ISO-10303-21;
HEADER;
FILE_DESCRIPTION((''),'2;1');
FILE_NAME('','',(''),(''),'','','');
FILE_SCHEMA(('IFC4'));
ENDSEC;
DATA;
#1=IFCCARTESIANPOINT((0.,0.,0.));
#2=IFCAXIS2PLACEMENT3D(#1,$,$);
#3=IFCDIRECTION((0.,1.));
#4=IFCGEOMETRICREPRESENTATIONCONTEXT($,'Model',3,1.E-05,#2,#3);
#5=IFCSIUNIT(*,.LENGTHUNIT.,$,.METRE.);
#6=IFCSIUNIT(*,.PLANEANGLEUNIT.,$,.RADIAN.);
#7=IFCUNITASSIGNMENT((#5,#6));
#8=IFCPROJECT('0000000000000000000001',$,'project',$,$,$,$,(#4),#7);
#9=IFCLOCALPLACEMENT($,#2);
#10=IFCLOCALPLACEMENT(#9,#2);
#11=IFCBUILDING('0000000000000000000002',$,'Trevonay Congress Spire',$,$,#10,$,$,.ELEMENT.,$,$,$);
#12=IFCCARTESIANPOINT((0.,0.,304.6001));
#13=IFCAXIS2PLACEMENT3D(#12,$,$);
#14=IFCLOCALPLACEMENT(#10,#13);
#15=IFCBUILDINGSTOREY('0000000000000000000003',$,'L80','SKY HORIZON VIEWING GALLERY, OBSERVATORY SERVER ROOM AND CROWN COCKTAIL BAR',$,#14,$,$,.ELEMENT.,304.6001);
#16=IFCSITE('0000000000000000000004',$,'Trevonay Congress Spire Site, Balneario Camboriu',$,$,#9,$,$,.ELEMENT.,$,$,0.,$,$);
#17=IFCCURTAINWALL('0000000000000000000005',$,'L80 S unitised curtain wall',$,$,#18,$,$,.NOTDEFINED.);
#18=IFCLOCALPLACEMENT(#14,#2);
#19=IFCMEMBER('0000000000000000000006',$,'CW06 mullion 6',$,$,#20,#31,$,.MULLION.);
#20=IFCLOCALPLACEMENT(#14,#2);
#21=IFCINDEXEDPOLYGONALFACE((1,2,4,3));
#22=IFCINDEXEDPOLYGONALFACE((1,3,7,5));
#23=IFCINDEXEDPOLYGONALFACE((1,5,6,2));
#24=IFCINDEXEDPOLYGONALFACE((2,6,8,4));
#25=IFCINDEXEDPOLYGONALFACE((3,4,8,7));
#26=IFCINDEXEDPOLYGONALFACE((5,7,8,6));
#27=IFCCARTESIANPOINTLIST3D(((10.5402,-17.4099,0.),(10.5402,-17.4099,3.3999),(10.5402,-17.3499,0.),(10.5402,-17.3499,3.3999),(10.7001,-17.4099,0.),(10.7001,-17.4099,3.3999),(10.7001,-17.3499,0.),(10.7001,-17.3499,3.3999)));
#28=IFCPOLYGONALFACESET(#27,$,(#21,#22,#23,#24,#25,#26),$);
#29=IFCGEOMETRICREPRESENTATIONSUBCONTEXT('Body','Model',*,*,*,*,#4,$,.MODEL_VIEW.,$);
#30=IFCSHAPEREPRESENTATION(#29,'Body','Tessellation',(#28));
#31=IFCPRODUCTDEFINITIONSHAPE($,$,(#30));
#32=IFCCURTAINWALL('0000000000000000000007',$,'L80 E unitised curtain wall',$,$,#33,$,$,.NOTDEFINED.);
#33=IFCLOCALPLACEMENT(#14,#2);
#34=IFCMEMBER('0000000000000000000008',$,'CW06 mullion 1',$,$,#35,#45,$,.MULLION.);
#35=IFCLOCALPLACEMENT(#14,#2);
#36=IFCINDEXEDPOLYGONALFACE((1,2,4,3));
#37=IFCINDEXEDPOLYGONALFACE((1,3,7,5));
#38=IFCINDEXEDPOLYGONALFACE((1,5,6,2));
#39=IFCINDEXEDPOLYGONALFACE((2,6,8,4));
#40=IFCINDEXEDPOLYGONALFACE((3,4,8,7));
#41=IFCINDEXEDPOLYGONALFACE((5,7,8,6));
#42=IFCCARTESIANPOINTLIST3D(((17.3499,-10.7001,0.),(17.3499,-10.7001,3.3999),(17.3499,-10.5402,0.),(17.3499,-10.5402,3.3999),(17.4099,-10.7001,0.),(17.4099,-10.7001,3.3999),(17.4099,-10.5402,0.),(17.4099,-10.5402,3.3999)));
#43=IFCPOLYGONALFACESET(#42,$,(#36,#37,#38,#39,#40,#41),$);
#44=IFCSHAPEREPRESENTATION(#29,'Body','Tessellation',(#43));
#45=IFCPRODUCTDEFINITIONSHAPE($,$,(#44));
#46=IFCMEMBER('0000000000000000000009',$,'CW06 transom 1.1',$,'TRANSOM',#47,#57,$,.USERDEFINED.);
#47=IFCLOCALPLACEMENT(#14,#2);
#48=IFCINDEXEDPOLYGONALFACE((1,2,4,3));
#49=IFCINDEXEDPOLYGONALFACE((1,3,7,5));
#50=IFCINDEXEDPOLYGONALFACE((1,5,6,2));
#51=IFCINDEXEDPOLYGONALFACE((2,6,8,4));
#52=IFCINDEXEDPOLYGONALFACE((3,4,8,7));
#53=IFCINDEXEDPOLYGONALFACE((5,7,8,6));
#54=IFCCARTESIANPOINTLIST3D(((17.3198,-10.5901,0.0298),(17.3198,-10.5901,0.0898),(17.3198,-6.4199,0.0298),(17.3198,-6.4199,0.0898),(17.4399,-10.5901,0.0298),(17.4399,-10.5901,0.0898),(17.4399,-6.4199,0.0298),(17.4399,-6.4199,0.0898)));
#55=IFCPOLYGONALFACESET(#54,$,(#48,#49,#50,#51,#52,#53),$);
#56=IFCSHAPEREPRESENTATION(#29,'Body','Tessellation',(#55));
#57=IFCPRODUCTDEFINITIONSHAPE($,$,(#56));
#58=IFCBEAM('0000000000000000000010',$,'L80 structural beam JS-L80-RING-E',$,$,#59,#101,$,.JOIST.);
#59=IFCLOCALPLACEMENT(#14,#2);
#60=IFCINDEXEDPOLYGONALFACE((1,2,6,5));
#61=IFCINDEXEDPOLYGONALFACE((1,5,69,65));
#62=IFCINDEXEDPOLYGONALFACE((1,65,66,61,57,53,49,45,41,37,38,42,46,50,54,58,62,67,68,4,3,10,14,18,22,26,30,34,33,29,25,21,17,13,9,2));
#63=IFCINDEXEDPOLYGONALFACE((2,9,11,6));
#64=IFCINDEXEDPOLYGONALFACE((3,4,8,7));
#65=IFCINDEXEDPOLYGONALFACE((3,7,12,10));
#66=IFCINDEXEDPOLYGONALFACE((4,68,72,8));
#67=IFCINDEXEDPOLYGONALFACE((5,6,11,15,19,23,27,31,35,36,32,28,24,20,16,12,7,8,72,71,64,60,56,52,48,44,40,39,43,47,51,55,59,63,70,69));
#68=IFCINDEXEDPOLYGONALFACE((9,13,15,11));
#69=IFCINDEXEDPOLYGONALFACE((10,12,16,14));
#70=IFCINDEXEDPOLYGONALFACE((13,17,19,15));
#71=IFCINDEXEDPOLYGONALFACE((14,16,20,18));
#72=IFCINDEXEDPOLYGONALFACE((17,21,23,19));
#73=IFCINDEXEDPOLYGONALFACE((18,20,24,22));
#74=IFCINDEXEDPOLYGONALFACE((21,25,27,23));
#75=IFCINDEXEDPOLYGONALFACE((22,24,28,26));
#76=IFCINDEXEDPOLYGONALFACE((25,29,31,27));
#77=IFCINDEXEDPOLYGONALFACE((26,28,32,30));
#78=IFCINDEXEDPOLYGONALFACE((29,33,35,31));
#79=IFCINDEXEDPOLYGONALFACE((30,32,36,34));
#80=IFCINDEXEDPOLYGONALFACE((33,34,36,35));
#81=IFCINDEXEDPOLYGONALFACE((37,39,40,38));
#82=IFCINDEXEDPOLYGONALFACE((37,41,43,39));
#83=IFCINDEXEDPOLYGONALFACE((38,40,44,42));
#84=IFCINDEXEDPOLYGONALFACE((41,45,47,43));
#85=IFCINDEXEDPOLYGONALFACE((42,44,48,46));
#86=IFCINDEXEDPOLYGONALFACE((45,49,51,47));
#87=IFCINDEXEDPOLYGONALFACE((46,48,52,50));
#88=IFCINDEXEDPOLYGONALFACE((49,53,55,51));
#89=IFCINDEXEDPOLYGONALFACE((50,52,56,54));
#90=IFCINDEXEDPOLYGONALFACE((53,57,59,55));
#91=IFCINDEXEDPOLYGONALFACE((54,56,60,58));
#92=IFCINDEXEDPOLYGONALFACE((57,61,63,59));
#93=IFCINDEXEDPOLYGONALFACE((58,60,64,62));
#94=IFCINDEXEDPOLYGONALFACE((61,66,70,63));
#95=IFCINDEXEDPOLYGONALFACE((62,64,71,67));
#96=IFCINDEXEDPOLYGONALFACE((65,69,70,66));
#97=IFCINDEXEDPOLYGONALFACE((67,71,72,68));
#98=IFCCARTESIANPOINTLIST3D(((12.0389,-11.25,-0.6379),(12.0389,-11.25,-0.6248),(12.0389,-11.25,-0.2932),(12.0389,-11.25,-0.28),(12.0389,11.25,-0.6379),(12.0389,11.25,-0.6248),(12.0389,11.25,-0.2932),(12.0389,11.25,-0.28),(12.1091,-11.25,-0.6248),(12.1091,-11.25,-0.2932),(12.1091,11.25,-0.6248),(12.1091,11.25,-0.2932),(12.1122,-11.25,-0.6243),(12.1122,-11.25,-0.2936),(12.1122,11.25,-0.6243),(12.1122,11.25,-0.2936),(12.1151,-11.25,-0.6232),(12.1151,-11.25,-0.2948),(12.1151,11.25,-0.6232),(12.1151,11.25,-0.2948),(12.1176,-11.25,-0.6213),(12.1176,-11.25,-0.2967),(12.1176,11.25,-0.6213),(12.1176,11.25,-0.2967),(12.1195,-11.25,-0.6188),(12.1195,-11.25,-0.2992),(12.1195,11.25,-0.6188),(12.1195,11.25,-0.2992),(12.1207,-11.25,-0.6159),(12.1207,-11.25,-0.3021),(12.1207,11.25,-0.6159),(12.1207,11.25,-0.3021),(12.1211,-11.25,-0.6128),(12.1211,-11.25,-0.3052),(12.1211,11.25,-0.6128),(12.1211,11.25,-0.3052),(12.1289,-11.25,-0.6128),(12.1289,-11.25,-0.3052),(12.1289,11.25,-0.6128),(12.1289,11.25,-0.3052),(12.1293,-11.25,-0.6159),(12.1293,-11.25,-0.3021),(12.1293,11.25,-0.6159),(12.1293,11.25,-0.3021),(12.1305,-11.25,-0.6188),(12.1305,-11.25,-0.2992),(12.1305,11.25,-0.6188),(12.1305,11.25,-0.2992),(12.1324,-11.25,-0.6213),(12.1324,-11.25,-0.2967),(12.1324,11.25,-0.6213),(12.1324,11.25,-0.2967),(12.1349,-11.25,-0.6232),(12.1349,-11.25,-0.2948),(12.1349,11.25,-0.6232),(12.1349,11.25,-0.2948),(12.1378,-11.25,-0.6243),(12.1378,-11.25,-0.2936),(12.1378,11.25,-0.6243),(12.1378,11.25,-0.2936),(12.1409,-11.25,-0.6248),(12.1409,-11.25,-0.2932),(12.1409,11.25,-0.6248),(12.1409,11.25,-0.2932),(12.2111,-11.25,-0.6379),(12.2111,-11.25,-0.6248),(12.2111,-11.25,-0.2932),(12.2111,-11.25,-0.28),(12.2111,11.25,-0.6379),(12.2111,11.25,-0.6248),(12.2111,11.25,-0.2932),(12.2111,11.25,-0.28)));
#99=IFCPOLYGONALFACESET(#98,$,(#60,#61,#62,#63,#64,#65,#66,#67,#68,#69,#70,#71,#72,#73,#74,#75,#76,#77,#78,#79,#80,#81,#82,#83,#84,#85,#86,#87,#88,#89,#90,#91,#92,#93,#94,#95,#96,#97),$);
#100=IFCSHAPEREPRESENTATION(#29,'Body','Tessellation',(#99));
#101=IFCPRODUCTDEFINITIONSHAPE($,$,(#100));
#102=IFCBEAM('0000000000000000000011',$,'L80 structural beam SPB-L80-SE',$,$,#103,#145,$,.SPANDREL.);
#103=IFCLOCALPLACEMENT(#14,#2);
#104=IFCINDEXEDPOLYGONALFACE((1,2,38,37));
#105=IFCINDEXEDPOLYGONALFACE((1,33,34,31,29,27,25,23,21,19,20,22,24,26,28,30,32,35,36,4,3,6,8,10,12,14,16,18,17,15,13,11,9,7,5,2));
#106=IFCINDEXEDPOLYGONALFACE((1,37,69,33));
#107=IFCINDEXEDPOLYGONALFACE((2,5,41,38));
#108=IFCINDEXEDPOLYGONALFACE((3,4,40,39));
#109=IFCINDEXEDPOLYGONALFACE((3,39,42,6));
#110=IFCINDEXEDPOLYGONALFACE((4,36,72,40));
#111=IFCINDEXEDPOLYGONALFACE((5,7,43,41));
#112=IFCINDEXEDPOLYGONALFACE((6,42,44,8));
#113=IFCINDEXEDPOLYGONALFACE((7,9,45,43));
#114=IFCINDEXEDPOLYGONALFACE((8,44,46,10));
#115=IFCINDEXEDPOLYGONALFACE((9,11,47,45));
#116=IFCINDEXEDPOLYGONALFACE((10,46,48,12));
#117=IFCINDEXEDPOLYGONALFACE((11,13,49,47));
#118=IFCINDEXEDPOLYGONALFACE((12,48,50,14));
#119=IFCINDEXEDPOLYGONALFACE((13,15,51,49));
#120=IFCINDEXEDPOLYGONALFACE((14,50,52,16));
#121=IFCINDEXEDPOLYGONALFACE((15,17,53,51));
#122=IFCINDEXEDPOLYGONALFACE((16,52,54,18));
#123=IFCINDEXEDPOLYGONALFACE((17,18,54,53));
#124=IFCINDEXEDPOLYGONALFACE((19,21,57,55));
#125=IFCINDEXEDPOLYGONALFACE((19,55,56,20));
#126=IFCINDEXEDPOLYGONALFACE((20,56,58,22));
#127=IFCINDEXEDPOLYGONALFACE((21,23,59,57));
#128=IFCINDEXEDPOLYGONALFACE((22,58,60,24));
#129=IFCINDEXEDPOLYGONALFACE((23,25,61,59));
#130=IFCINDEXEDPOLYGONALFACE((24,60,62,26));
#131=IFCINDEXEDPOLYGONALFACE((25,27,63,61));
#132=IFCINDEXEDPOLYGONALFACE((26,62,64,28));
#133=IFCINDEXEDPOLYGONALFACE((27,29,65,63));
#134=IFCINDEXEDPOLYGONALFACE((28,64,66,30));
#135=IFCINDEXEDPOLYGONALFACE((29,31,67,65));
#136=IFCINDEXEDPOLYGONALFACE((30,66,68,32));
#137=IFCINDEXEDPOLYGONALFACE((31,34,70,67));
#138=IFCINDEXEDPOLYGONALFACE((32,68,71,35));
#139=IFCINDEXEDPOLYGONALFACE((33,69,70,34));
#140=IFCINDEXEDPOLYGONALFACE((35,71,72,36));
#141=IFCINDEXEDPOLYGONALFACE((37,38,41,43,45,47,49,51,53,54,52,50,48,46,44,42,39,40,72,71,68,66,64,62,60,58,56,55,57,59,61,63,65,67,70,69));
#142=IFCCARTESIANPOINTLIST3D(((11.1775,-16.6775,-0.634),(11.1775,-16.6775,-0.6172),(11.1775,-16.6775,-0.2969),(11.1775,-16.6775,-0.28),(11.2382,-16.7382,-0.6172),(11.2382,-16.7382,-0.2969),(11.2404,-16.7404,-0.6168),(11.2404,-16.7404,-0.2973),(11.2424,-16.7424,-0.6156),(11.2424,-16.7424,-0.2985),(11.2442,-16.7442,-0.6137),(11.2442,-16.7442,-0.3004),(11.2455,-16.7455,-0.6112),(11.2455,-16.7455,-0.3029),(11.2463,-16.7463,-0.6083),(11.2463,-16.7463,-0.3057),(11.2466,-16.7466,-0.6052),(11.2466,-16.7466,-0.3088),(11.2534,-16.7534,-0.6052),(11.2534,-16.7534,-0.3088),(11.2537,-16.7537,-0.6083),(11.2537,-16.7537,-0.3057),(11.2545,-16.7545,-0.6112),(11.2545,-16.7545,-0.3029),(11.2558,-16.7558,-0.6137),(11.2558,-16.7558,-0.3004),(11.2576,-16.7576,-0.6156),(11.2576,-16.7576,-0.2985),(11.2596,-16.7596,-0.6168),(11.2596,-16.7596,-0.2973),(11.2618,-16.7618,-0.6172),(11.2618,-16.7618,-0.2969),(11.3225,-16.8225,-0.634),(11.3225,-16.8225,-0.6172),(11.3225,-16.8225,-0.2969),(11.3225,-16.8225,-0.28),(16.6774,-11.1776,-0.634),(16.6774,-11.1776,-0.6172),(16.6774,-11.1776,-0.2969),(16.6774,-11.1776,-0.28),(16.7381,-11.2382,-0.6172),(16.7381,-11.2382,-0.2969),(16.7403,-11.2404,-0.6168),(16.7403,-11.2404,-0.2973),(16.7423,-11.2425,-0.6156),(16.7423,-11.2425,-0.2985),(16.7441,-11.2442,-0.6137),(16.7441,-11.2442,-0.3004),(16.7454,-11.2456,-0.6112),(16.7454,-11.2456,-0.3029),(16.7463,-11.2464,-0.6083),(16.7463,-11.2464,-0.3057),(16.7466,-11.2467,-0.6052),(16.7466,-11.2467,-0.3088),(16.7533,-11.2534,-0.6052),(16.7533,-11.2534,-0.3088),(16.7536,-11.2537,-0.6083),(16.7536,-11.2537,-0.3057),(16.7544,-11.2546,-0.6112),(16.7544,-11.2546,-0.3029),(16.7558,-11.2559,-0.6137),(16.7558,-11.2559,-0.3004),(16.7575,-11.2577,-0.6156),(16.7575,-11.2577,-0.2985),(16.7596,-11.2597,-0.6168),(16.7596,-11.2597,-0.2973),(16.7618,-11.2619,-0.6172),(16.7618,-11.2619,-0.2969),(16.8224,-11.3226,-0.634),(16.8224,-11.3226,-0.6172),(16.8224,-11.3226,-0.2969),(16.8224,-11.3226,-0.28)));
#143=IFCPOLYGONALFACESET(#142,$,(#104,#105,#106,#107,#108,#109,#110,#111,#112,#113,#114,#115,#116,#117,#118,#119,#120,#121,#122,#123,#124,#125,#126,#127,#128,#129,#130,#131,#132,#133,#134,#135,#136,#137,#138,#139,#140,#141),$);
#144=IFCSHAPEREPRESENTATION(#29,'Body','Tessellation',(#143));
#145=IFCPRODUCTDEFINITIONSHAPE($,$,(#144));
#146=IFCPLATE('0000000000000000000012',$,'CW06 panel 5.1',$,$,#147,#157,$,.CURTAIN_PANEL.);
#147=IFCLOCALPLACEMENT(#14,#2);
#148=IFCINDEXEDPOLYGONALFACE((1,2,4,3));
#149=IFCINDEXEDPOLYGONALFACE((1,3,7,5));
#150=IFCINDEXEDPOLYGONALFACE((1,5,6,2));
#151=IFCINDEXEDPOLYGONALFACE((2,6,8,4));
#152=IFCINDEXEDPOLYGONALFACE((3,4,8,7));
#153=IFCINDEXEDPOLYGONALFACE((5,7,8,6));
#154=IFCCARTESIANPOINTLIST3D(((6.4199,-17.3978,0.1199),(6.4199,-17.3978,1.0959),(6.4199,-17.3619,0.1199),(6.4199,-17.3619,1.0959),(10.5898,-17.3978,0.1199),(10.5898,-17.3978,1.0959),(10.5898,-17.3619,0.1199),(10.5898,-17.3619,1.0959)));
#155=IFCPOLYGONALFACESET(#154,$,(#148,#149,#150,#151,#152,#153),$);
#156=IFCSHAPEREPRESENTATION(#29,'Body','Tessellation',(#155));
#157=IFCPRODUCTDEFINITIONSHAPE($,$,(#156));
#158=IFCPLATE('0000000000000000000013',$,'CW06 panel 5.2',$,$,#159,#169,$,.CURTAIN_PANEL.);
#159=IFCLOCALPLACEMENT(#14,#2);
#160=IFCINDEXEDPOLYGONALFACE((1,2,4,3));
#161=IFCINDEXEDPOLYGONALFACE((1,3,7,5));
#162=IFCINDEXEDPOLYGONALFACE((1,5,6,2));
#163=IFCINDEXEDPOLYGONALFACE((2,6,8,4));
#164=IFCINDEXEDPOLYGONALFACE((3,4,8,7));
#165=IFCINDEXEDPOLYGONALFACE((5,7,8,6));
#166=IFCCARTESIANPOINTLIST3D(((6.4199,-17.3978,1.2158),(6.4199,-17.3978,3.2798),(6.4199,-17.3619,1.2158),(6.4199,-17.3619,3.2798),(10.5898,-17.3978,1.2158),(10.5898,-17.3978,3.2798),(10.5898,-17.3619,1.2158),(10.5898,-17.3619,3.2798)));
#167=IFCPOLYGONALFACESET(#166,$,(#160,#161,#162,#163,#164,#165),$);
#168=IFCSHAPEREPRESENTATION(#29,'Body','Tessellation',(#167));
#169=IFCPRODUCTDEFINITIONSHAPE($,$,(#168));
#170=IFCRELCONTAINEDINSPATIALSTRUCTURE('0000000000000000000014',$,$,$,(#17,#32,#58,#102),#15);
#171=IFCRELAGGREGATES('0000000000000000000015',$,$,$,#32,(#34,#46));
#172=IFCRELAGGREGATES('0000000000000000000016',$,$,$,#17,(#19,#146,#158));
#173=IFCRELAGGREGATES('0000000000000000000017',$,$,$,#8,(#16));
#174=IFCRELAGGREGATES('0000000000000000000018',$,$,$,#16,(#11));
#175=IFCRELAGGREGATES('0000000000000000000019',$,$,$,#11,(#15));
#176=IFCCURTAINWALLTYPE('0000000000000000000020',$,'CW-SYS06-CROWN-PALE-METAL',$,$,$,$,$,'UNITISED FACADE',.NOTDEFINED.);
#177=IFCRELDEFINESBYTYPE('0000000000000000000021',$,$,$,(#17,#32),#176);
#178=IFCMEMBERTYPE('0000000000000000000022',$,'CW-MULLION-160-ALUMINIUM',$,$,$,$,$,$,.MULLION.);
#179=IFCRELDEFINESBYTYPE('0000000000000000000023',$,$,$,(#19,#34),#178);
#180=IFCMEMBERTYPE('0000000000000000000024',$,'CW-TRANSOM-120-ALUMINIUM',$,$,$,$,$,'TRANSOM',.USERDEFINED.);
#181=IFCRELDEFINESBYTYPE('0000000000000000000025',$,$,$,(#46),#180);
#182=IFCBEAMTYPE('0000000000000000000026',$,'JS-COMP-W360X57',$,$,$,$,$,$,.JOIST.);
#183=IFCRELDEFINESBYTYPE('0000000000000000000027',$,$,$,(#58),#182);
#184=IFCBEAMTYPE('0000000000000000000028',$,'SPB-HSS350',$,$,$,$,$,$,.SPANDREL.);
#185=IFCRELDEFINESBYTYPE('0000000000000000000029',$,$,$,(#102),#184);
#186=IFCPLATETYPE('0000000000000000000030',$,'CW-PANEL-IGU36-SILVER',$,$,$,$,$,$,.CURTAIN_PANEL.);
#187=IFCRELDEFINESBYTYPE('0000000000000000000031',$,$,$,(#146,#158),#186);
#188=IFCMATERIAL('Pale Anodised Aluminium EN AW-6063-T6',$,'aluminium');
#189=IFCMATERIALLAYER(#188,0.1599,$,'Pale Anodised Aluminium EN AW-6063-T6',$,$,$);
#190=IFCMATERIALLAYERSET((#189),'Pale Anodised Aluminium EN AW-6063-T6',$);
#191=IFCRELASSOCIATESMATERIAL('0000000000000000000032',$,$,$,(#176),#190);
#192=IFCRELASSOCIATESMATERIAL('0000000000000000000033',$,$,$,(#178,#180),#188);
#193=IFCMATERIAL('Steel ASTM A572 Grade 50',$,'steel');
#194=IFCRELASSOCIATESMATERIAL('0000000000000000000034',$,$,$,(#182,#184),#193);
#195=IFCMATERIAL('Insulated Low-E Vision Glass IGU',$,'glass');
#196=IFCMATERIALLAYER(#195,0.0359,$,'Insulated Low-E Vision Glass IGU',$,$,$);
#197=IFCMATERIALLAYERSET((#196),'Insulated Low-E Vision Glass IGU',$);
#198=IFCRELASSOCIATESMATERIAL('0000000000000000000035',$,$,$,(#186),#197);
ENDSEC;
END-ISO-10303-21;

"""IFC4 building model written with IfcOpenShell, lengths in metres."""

from ifc_helpers import new_model, si_unit, direction, frame, origin, origin_2d, place, context, subcontext, project, spatial, rectangle, i_section, extrude, material, layer, layer_set, material_profile, profile_set, type_object, element, aggregate, save


model = new_model("IFC4")

# Units and contexts
model_context = context("Model", 3, precision=1e-05, world=origin(), true_north=direction((0.0, 1.0)))
body_context = subcontext(model_context, "Body", "Model", "MODEL_VIEW")
ifc_project = project(units=[si_unit("LENGTHUNIT", "METRE"), si_unit("PLANEANGLEUNIT", "RADIAN")], contexts=[model_context])

# Site, building, storey
site_placement = place(None, origin())
site = spatial("IfcSite", under=ifc_project, at=site_placement, Name="Trevonay Congress Spire Site, Balneario Camboriu", CompositionType="ELEMENT", RefElevation=0.0)
building_placement = place(site_placement, origin())
building = spatial("IfcBuilding", under=site, at=building_placement, Name="Trevonay Congress Spire", CompositionType="ELEMENT")
storey_placement = place(building_placement, frame((0.0, 0.0, 304.6001)))
storey = spatial("IfcBuildingStorey", under=building, at=storey_placement, Name="L80", Description="SKY HORIZON VIEWING GALLERY, OBSERVATORY SERVER ROOM AND CROWN COCKTAIL BAR", CompositionType="ELEMENT", Elevation=304.6001)

# Shared definitions
ifc_material_1 = material(Name="Steel ASTM A572 Grade 50", Category="steel")

# Curtain wall, member
ifc_material_2 = material(Name="Pale Anodised Aluminium EN AW-6063-T6", Category="aluminium")
ifc_layer_1 = layer(ifc_material_2, 0.1599, Name="Pale Anodised Aluminium EN AW-6063-T6")
ifc_layer_set_1 = layer_set([ifc_layer_1], Name="Pale Anodised Aluminium EN AW-6063-T6")
curtain_wall_type = type_object("IfcCurtainWallType", Name="CW-SYS06-CROWN-PALE-METAL", ElementType="UNITISED FACADE", PredefinedType="NOTDEFINED", material=ifc_layer_set_1)
curtain_wall_1_placement = place(storey_placement, origin())
curtain_wall_1 = element("IfcCurtainWall", 1, at=curtain_wall_1_placement, inside=storey, type_object=curtain_wall_type, Name="L80 S unitised curtain wall", PredefinedType="NOTDEFINED")
ifc_material_profile_1 = material_profile(ifc_material_2, rectangle(XDim=0.0601, YDim=0.1599, at=origin_2d()), Name="CW-MULLION-160-ALUMINIUM")
ifc_profile_set_1 = profile_set([ifc_material_profile_1], Name="Pale Anodised Aluminium EN AW-6063-T6")
member_type_1 = type_object("IfcMemberType", Name="CW-MULLION-160-ALUMINIUM", PredefinedType="MULLION", material=ifc_profile_set_1)
member_1_placement = place(storey_placement, frame((10.6201, -17.3799, 0.0), z_axis=(0.0, 0.0, 1.0), x_axis=(0.0, 1.0, 0.0)))
member_1 = element("IfcMember", 2, at=member_1_placement, type_object=member_type_1, Name="CW06 mullion 6", PredefinedType="MULLION", context=body_context, shape_type="SweptSolid", body=[
    extrude(rectangle(XDim=0.0601, YDim=0.1599, at=origin_2d()), origin(), (0.0, 0.0, 1.0), 3.3999),
])

# Curtain wall, members
curtain_wall_2_placement = place(storey_placement, origin())
curtain_wall_2 = element("IfcCurtainWall", 3, at=curtain_wall_2_placement, inside=storey, type_object=curtain_wall_type, Name="L80 E unitised curtain wall", PredefinedType="NOTDEFINED")
member_2_placement = place(storey_placement, frame((17.3799, -10.6201, 0.0), z_axis=(0.0, 0.0, 1.0), x_axis=(-1.0, 0.0, 0.0)))
member_2 = element("IfcMember", 4, at=member_2_placement, type_object=member_type_1, Name="CW06 mullion 1", PredefinedType="MULLION", context=body_context, shape_type="SweptSolid", body=[
    extrude(rectangle(XDim=0.0601, YDim=0.1599, at=origin_2d()), origin(), (0.0, 0.0, 1.0), 3.3999),
])
ifc_material_profile_2 = material_profile(ifc_material_2, rectangle(XDim=0.1201, YDim=0.0601, at=origin_2d()), Name="CW-TRANSOM-120-ALUMINIUM")
ifc_profile_set_2 = profile_set([ifc_material_profile_2], Name="Pale Anodised Aluminium EN AW-6063-T6")
member_type_2 = type_object("IfcMemberType", Name="CW-TRANSOM-120-ALUMINIUM", ElementType="TRANSOM", PredefinedType="USERDEFINED", material=ifc_profile_set_2)
member_3_placement = place(storey_placement, frame((17.3799, -10.5901, 0.0598), z_axis=(0.0, 1.0, 0.0), x_axis=(-1.0, 0.0, 0.0)))
member_3 = element("IfcMember", 5, at=member_3_placement, type_object=member_type_2, Name="CW06 transom 1.1", ObjectType="TRANSOM", PredefinedType="USERDEFINED", context=body_context, shape_type="SweptSolid", body=[
    extrude(rectangle(XDim=0.1201, YDim=0.0601, at=origin_2d()), origin(), (0.0, 0.0, 1.0), 4.1702),
])
aggregate(curtain_wall_2, [member_2, member_3])

# Beams
ifc_material_profile_3 = material_profile(ifc_material_1, i_section(OverallWidth=0.1721, OverallDepth=0.3579, WebThickness=0.0078, FlangeThickness=0.0132, FilletRadius=0.012, at=origin_2d()), Name="W360x57.8")
ifc_profile_set_3 = profile_set([ifc_material_profile_3], Name="Steel ASTM A572 Grade 50")
beam_type_1 = type_object("IfcBeamType", Name="JS-COMP-W360X57", PredefinedType="JOIST", material=ifc_profile_set_3)
beam_1_placement = place(storey_placement, frame((12.125, -11.25, -0.459), z_axis=(0.0, 1.0, 0.0), x_axis=(-1.0, 0.0, 0.0)))
element("IfcBeam", 6, at=beam_1_placement, inside=storey, type_object=beam_type_1, Name="L80 structural beam JS-L80-RING-E", PredefinedType="JOIST", context=body_context, shape_type="SweptSolid", body=[
    extrude(i_section(OverallWidth=0.1721, OverallDepth=0.3579, WebThickness=0.0078, FlangeThickness=0.0132, FilletRadius=0.012, at=origin_2d()), origin(), (0.0, 0.0, 1.0), 22.5),
])
ifc_material_profile_4 = material_profile(ifc_material_1, i_section(OverallWidth=0.2051, OverallDepth=0.354, WebThickness=0.0095, FlangeThickness=0.0168, FilletRadius=0.012, at=origin_2d()), Name="W360x79")
ifc_profile_set_4 = profile_set([ifc_material_profile_4], Name="Steel ASTM A572 Grade 50")
beam_type_2 = type_object("IfcBeamType", Name="SPB-HSS350", PredefinedType="SPANDREL", material=ifc_profile_set_4)
beam_2_placement = place(storey_placement, frame((11.25, -16.75, -0.457), z_axis=(0.707107, 0.707107, 0.0), x_axis=(-0.707107, 0.707107, 0.0)))
element("IfcBeam", 7, at=beam_2_placement, inside=storey, type_object=beam_type_2, Name="L80 structural beam SPB-L80-SE", PredefinedType="SPANDREL", context=body_context, shape_type="SweptSolid", body=[
    extrude(i_section(OverallWidth=0.2051, OverallDepth=0.354, WebThickness=0.0095, FlangeThickness=0.0168, FilletRadius=0.012, at=origin_2d()), origin(), (0.0, 0.0, 1.0), 7.7781),
])

# Plates
ifc_material_3 = material(Name="Insulated Low-E Vision Glass IGU", Category="glass")
ifc_layer_2 = layer(ifc_material_3, 0.0359, Name="Insulated Low-E Vision Glass IGU")
ifc_layer_set_2 = layer_set([ifc_layer_2], Name="Insulated Low-E Vision Glass IGU")
plate_type = type_object("IfcPlateType", Name="CW-PANEL-IGU36-SILVER", PredefinedType="CURTAIN_PANEL", material=ifc_layer_set_2)
plate_1_placement = place(storey_placement, frame((8.5049, -17.3799, 0.1199), z_axis=(0.0, 0.0, 1.0), x_axis=(1.0, 0.0, 0.0)))
plate_1 = element("IfcPlate", 8, at=plate_1_placement, type_object=plate_type, Name="CW06 panel 5.1", PredefinedType="CURTAIN_PANEL", context=body_context, shape_type="SweptSolid", body=[
    extrude(rectangle(XDim=4.1699, YDim=0.0359, at=origin_2d()), origin(), (0.0, 0.0, 1.0), 0.9761),
])
plate_2_placement = place(storey_placement, frame((8.5049, -17.3799, 1.2158), z_axis=(0.0, 0.0, 1.0), x_axis=(1.0, 0.0, 0.0)))
plate_2 = element("IfcPlate", 9, at=plate_2_placement, type_object=plate_type, Name="CW06 panel 5.2", PredefinedType="CURTAIN_PANEL", context=body_context, shape_type="SweptSolid", body=[
    extrude(rectangle(XDim=4.1699, YDim=0.0359, at=origin_2d()), origin(), (0.0, 0.0, 1.0), 2.064),
])
aggregate(curtain_wall_1, [member_1, plate_1, plate_2])

save(model, "model.ifc")
